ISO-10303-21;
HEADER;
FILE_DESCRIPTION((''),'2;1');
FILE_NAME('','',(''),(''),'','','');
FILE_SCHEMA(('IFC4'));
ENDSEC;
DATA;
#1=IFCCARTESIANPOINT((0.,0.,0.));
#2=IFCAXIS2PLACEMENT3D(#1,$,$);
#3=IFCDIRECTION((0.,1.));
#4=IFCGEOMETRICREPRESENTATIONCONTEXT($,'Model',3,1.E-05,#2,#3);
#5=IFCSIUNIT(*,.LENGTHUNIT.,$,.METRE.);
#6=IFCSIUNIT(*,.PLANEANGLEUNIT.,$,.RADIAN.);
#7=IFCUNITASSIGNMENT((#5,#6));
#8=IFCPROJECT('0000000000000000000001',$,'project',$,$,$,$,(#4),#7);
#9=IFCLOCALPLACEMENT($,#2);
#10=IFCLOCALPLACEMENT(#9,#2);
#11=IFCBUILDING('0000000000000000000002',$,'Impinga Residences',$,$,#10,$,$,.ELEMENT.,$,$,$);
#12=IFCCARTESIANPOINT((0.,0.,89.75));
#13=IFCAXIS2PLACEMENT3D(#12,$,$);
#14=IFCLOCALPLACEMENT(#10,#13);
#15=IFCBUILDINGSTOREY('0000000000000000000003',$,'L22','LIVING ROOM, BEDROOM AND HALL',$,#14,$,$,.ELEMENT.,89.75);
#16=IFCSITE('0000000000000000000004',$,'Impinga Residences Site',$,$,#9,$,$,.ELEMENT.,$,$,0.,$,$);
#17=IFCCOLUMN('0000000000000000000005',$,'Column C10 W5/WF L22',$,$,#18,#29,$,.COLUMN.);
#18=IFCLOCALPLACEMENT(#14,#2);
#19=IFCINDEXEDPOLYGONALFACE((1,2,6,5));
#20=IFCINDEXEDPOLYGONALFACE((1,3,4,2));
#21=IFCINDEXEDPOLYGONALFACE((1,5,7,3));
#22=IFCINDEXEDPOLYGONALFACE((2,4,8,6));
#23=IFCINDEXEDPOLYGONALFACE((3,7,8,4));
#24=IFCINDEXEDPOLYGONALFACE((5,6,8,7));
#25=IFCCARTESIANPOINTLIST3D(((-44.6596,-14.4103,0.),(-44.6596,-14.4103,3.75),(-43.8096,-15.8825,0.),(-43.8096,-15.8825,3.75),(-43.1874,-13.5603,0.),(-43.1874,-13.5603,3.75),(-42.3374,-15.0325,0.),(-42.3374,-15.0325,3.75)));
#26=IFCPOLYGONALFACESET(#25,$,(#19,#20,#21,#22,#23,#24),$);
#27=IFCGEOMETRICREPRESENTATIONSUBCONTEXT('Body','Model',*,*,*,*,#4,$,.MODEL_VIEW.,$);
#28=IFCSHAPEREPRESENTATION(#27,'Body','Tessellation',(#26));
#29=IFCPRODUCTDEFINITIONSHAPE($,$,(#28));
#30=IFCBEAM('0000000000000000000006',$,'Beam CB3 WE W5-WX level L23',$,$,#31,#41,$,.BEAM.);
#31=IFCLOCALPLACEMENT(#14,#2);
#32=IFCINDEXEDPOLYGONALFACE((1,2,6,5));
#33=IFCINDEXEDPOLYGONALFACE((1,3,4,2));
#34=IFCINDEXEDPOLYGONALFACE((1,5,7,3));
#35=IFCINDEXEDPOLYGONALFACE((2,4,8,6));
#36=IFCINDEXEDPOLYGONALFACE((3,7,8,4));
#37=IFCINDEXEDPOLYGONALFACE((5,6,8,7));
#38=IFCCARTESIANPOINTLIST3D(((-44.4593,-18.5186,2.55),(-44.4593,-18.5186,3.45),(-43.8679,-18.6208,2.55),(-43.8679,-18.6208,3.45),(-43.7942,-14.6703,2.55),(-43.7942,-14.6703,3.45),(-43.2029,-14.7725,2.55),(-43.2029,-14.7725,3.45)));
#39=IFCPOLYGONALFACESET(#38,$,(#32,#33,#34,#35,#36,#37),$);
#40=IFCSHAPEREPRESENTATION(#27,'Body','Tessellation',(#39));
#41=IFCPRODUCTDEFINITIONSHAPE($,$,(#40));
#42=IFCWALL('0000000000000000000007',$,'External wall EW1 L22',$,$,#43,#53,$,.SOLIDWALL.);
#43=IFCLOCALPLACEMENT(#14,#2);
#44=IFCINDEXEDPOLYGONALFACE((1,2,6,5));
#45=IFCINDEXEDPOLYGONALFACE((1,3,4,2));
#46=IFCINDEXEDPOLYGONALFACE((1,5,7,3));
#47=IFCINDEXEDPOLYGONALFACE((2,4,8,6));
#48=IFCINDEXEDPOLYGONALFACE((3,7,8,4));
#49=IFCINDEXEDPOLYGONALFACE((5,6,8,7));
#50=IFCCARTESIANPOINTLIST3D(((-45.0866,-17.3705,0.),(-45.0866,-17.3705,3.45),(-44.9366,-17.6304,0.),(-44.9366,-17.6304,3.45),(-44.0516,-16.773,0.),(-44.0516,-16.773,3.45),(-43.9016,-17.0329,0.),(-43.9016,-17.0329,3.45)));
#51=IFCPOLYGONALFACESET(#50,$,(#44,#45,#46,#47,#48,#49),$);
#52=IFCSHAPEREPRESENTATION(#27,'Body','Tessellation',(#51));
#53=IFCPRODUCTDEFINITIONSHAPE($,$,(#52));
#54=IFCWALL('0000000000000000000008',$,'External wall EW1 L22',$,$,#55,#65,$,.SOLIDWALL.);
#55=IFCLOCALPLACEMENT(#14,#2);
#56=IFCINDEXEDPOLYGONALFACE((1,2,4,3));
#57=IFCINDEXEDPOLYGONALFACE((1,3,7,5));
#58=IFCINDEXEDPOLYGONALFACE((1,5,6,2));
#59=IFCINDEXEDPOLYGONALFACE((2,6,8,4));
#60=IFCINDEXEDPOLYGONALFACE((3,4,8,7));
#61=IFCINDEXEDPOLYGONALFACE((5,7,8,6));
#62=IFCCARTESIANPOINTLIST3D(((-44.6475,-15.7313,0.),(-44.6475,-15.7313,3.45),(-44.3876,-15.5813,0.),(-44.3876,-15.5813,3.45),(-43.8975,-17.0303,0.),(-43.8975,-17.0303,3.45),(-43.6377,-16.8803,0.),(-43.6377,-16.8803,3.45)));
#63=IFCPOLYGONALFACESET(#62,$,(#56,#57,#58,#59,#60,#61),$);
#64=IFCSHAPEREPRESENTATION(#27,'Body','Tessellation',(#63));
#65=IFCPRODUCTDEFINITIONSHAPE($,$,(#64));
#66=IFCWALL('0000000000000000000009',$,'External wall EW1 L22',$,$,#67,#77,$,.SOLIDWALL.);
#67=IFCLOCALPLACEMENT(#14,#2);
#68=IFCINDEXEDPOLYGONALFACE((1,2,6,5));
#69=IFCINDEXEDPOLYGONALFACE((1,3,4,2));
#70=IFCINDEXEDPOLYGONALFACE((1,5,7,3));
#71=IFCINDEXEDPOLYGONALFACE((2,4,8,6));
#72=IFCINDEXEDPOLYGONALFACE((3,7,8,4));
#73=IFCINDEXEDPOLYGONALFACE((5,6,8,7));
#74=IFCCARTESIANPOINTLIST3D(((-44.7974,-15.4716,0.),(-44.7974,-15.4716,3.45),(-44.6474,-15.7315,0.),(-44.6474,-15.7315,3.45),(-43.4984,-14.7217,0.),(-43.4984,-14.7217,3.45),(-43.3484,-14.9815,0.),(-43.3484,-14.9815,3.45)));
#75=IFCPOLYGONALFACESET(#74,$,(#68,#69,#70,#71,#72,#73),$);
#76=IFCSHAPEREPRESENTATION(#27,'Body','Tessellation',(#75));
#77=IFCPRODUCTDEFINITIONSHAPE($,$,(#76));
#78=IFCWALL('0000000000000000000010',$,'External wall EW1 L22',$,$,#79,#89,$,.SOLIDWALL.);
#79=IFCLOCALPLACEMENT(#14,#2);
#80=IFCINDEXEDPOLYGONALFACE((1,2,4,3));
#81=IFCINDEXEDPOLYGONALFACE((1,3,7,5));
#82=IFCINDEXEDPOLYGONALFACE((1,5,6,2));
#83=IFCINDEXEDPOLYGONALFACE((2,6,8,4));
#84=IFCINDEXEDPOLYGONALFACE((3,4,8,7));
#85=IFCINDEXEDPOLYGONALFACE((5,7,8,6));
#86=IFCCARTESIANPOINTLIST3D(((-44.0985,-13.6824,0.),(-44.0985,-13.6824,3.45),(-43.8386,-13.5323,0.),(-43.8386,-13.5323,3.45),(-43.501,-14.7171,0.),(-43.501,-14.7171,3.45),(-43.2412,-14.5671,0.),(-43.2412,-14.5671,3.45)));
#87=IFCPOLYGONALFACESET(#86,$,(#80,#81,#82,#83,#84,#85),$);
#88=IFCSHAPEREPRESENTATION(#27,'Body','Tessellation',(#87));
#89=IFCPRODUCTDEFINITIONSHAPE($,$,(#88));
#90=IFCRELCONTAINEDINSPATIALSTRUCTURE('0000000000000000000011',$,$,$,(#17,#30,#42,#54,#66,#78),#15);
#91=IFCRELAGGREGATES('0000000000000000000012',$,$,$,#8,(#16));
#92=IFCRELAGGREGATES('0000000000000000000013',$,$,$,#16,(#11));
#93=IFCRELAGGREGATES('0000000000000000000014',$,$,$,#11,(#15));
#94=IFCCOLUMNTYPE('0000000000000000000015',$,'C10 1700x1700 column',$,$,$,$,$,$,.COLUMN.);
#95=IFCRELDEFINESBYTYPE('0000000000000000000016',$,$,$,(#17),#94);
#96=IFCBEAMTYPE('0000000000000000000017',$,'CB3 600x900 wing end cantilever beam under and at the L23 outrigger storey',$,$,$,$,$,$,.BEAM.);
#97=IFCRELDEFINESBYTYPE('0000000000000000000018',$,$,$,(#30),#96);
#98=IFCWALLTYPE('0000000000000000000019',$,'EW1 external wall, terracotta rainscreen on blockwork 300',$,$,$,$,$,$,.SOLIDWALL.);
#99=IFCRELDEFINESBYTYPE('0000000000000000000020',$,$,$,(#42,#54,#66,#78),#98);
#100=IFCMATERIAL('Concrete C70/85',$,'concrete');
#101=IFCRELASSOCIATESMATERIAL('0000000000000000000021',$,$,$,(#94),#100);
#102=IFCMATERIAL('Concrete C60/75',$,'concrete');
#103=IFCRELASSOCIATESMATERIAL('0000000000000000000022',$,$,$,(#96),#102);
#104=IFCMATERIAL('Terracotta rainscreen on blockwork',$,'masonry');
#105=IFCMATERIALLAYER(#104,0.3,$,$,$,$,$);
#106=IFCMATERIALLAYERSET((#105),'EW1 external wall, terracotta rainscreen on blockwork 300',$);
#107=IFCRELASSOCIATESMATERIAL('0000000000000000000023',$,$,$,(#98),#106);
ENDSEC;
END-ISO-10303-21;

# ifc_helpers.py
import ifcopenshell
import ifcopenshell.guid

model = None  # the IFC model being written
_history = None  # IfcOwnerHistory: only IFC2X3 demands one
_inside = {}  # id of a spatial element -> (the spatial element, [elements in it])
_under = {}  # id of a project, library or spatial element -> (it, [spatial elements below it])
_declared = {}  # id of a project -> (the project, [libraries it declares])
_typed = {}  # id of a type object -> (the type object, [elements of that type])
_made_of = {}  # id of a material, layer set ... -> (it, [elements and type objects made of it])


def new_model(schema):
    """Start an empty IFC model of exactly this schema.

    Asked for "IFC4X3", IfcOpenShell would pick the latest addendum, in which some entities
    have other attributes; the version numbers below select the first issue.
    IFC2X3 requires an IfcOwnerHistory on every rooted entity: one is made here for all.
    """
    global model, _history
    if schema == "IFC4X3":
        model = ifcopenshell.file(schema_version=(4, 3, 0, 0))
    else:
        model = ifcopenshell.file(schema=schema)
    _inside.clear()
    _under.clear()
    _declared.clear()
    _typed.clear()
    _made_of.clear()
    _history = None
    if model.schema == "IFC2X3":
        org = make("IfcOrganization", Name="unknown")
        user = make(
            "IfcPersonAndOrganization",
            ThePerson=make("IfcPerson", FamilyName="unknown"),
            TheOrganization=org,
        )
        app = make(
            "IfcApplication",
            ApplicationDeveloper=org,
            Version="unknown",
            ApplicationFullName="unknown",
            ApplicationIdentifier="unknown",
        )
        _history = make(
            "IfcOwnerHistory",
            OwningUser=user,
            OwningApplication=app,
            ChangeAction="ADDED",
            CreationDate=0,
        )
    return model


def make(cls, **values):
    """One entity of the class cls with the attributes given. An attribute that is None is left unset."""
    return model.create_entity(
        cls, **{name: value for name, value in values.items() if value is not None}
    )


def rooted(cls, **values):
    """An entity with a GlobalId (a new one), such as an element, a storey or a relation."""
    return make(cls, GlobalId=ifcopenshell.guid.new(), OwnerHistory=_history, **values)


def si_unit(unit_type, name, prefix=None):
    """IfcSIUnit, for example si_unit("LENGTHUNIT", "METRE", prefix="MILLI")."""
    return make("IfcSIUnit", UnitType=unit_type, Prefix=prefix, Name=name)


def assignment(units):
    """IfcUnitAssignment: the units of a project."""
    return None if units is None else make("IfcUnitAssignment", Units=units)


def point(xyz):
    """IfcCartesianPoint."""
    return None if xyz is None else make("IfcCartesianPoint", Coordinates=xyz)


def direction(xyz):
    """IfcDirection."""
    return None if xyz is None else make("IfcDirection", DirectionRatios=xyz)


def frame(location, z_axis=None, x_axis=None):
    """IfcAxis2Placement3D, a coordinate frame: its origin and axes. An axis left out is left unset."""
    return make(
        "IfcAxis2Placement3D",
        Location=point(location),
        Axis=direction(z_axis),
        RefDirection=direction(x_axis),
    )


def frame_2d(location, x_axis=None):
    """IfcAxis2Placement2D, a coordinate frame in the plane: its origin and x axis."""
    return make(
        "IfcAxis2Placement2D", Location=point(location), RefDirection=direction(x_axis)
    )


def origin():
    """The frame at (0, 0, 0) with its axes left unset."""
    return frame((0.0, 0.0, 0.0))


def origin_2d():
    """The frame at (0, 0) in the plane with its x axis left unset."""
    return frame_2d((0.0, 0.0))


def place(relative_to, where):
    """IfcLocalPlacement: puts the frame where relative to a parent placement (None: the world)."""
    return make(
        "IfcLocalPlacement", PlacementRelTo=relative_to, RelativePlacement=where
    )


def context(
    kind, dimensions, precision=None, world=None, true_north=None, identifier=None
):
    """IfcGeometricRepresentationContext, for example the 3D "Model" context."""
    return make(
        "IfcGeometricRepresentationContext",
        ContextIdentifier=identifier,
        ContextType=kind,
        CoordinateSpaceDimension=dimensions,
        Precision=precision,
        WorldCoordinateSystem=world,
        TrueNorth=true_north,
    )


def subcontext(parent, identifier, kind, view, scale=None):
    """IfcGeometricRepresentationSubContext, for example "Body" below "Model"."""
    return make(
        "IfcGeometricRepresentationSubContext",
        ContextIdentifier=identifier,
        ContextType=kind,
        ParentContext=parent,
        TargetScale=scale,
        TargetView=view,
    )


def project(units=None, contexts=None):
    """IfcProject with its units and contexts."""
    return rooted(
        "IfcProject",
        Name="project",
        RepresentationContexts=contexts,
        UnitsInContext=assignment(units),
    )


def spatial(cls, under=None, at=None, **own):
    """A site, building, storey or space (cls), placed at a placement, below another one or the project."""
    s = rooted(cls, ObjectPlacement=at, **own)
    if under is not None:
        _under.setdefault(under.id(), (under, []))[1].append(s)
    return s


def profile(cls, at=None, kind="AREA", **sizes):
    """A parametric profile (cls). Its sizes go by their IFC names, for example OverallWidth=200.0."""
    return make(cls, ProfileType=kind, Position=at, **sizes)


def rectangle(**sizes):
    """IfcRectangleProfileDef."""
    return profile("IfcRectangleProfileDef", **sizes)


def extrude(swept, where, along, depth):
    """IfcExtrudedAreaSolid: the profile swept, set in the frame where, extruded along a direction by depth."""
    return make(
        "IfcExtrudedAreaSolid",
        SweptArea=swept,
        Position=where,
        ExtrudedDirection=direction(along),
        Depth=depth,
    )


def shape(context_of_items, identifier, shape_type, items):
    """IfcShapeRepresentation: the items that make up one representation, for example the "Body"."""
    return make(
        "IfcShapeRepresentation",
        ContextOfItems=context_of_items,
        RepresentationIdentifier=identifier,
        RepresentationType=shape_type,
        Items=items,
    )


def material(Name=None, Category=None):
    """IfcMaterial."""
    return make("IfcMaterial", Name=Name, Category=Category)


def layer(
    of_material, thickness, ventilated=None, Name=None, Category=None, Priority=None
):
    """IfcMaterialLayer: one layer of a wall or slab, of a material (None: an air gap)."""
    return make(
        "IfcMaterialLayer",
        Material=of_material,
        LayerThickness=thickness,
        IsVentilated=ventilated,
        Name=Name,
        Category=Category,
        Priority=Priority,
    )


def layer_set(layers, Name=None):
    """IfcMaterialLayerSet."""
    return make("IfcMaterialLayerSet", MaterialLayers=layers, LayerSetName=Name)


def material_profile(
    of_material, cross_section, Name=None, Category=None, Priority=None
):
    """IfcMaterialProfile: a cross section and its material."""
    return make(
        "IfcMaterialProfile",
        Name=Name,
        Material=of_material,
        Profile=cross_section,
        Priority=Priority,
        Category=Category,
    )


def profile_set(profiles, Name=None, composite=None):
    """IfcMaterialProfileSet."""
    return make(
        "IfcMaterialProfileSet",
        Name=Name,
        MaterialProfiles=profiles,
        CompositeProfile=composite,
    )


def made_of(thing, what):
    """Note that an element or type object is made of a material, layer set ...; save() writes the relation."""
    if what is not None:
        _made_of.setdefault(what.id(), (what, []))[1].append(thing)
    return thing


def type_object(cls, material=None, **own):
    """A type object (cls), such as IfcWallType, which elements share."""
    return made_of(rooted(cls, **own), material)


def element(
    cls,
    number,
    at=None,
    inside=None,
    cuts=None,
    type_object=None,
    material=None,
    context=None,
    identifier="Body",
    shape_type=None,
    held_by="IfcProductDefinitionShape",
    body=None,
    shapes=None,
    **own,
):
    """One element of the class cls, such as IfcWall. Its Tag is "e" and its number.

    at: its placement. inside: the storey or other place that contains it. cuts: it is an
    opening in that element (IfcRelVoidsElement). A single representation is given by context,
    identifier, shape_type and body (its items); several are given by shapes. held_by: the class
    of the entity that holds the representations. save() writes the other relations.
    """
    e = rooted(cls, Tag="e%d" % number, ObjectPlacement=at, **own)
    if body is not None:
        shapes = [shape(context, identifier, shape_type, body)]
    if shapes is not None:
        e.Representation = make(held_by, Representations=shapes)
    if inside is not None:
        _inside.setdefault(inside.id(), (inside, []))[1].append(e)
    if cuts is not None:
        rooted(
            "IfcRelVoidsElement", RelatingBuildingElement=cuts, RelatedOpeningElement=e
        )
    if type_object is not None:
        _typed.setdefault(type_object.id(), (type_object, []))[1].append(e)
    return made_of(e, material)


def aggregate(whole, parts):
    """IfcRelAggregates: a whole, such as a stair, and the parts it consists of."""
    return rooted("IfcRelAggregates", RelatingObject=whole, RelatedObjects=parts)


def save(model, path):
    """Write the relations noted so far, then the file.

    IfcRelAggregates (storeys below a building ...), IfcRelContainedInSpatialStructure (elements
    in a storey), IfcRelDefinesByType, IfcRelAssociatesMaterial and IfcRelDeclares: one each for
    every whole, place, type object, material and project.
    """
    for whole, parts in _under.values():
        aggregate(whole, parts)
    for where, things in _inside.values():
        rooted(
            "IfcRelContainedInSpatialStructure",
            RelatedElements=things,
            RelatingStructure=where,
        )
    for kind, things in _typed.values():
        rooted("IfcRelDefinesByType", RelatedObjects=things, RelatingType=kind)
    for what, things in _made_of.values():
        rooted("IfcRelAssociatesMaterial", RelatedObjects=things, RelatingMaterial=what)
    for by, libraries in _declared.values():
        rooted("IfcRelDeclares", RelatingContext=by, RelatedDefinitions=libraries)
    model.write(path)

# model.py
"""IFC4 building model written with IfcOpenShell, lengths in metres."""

from ifc_helpers import new_model, si_unit, direction, frame, frame_2d, origin, origin_2d, place, context, subcontext, project, spatial, rectangle, extrude, material, layer, layer_set, material_profile, profile_set, type_object, element, save


model = new_model("IFC4")

# Units and contexts
model_context = context("Model", 3, precision=1e-05, world=origin(), true_north=direction((0.0, 1.0)))
body_context = subcontext(model_context, "Body", "Model", "MODEL_VIEW")
ifc_project = project(units=[si_unit("LENGTHUNIT", "METRE"), si_unit("PLANEANGLEUNIT", "RADIAN")], contexts=[model_context])

# Site, building, storey
site_placement = place(None, origin())
site = spatial("IfcSite", under=ifc_project, at=site_placement, Name="Impinga Residences Site", CompositionType="ELEMENT", RefElevation=0.0)
building_placement = place(site_placement, origin())
building = spatial("IfcBuilding", under=site, at=building_placement, Name="Impinga Residences", CompositionType="ELEMENT")
storey_placement = place(building_placement, frame((0.0, 0.0, 89.75)))
storey = spatial("IfcBuildingStorey", under=building, at=storey_placement, Name="L22", Description="LIVING ROOM, BEDROOM AND HALL", CompositionType="ELEMENT", Elevation=89.75)

# Column
ifc_material_1 = material(Name="Concrete C70/85", Category="concrete")
ifc_material_profile_1 = material_profile(ifc_material_1, rectangle(XDim=1.7, YDim=1.7, at=origin_2d()), Name="RC 1700x1700")
ifc_profile_set_1 = profile_set([ifc_material_profile_1], Name="Concrete C70/85")
column_type = type_object("IfcColumnType", Name="C10 1700x1700 column", PredefinedType="COLUMN", material=ifc_profile_set_1)
column_placement = place(storey_placement, frame((-43.4985, -14.7214, 0.0), z_axis=(0.0, 0.0, 1.0), x_axis=(-0.5, 0.866025, 0.0)))
element("IfcColumn", 1, at=column_placement, inside=storey, type_object=column_type, Name="Column C10 W5/WF L22", PredefinedType="COLUMN", context=body_context, shape_type="SweptSolid", body=[
    extrude(rectangle(XDim=1.7, YDim=1.7, at=origin_2d()), origin(), (0.0, 0.0, 1.0), 3.75),
])

# Beam
ifc_material_2 = material(Name="Concrete C60/75", Category="concrete")
ifc_material_profile_2 = material_profile(ifc_material_2, rectangle(XDim=0.6001, YDim=0.8999, at=origin_2d()), Name="RC 600x900")
ifc_profile_set_2 = profile_set([ifc_material_profile_2], Name="Concrete C60/75")
beam_type = type_object("IfcBeamType", Name="CB3 600x900 wing end cantilever beam under and at the L23 outrigger storey", PredefinedType="BEAM", material=ifc_profile_set_2)
beam_placement = place(storey_placement, frame((-43.4985, -14.7214, 3.0), z_axis=(-0.170296, -0.985393, 0.0), x_axis=(0.985393, -0.170296, 0.0)))
element("IfcBeam", 2, at=beam_placement, inside=storey, type_object=beam_type, Name="Beam CB3 WE W5-WX level L23", PredefinedType="BEAM", context=body_context, shape_type="SweptSolid", body=[
    extrude(rectangle(XDim=0.6001, YDim=0.8999, at=origin_2d()), origin(), (0.0, 0.0, 1.0), 3.9053),
])

# Walls
ifc_material_3 = material(Name="Terracotta rainscreen on blockwork", Category="masonry")
ifc_layer_1 = layer(ifc_material_3, 0.3)
ifc_layer_set_1 = layer_set([ifc_layer_1], Name="EW1 external wall, terracotta rainscreen on blockwork 300")
wall_type_1 = type_object("IfcWallType", Name="EW1 external wall, terracotta rainscreen on blockwork 300", PredefinedType="SOLIDWALL", material=ifc_layer_set_1)
wall_1_placement = place(storey_placement, frame((-45.0117, -17.5005, 0.0), z_axis=(0.0, 0.0, 1.0), x_axis=(0.86606, 0.499941, 0.0)))
element("IfcWall", 3, at=wall_1_placement, inside=storey, type_object=wall_type_1, Name="External wall EW1 L22", PredefinedType="SOLIDWALL", context=body_context, shape_type="SweptSolid", body=[
    extrude(rectangle(XDim=1.1951, YDim=0.3, at=frame_2d((0.5977, 0.0))), origin(), (0.0, 0.0, 1.0), 3.45),
])
for number, where, z_axis, x_axis, name in (
    (4, (-43.7676, -16.9553, 0.0), (0.0, 0.0, 1.0), (-0.49999, 0.866031, 0.0), "External wall EW1 L22"),
    (5, (-44.7224, -15.6016, 0.0), (0.0, 0.0, 1.0), (0.866031, 0.49999, 0.0), "External wall EW1 L22"),
):
    element("IfcWall", number, at=place(storey_placement, frame(where, z_axis=z_axis, x_axis=x_axis)), inside=storey, type_object=wall_type_1, Name=name, PredefinedType="SOLIDWALL", context=body_context, shape_type="SweptSolid", body=[
        extrude(rectangle(XDim=1.5, YDim=0.3, at=frame_2d((0.75, 0.0))), origin(), (0.0, 0.0, 1.0), 3.45),
    ])
wall_2_placement = place(storey_placement, frame((-43.3711, -14.6421, 0.0), z_axis=(0.0, 0.0, 1.0), x_axis=(-0.500029, 0.866009, 0.0)))
element("IfcWall", 6, at=wall_2_placement, inside=storey, type_object=wall_type_1, Name="External wall EW1 L22", PredefinedType="SOLIDWALL", context=body_context, shape_type="SweptSolid", body=[
    extrude(rectangle(XDim=1.1948, YDim=0.3, at=frame_2d((0.5974, 0.0))), origin(), (0.0, 0.0, 1.0), 3.45),
])

save(model, "model.ifc")
